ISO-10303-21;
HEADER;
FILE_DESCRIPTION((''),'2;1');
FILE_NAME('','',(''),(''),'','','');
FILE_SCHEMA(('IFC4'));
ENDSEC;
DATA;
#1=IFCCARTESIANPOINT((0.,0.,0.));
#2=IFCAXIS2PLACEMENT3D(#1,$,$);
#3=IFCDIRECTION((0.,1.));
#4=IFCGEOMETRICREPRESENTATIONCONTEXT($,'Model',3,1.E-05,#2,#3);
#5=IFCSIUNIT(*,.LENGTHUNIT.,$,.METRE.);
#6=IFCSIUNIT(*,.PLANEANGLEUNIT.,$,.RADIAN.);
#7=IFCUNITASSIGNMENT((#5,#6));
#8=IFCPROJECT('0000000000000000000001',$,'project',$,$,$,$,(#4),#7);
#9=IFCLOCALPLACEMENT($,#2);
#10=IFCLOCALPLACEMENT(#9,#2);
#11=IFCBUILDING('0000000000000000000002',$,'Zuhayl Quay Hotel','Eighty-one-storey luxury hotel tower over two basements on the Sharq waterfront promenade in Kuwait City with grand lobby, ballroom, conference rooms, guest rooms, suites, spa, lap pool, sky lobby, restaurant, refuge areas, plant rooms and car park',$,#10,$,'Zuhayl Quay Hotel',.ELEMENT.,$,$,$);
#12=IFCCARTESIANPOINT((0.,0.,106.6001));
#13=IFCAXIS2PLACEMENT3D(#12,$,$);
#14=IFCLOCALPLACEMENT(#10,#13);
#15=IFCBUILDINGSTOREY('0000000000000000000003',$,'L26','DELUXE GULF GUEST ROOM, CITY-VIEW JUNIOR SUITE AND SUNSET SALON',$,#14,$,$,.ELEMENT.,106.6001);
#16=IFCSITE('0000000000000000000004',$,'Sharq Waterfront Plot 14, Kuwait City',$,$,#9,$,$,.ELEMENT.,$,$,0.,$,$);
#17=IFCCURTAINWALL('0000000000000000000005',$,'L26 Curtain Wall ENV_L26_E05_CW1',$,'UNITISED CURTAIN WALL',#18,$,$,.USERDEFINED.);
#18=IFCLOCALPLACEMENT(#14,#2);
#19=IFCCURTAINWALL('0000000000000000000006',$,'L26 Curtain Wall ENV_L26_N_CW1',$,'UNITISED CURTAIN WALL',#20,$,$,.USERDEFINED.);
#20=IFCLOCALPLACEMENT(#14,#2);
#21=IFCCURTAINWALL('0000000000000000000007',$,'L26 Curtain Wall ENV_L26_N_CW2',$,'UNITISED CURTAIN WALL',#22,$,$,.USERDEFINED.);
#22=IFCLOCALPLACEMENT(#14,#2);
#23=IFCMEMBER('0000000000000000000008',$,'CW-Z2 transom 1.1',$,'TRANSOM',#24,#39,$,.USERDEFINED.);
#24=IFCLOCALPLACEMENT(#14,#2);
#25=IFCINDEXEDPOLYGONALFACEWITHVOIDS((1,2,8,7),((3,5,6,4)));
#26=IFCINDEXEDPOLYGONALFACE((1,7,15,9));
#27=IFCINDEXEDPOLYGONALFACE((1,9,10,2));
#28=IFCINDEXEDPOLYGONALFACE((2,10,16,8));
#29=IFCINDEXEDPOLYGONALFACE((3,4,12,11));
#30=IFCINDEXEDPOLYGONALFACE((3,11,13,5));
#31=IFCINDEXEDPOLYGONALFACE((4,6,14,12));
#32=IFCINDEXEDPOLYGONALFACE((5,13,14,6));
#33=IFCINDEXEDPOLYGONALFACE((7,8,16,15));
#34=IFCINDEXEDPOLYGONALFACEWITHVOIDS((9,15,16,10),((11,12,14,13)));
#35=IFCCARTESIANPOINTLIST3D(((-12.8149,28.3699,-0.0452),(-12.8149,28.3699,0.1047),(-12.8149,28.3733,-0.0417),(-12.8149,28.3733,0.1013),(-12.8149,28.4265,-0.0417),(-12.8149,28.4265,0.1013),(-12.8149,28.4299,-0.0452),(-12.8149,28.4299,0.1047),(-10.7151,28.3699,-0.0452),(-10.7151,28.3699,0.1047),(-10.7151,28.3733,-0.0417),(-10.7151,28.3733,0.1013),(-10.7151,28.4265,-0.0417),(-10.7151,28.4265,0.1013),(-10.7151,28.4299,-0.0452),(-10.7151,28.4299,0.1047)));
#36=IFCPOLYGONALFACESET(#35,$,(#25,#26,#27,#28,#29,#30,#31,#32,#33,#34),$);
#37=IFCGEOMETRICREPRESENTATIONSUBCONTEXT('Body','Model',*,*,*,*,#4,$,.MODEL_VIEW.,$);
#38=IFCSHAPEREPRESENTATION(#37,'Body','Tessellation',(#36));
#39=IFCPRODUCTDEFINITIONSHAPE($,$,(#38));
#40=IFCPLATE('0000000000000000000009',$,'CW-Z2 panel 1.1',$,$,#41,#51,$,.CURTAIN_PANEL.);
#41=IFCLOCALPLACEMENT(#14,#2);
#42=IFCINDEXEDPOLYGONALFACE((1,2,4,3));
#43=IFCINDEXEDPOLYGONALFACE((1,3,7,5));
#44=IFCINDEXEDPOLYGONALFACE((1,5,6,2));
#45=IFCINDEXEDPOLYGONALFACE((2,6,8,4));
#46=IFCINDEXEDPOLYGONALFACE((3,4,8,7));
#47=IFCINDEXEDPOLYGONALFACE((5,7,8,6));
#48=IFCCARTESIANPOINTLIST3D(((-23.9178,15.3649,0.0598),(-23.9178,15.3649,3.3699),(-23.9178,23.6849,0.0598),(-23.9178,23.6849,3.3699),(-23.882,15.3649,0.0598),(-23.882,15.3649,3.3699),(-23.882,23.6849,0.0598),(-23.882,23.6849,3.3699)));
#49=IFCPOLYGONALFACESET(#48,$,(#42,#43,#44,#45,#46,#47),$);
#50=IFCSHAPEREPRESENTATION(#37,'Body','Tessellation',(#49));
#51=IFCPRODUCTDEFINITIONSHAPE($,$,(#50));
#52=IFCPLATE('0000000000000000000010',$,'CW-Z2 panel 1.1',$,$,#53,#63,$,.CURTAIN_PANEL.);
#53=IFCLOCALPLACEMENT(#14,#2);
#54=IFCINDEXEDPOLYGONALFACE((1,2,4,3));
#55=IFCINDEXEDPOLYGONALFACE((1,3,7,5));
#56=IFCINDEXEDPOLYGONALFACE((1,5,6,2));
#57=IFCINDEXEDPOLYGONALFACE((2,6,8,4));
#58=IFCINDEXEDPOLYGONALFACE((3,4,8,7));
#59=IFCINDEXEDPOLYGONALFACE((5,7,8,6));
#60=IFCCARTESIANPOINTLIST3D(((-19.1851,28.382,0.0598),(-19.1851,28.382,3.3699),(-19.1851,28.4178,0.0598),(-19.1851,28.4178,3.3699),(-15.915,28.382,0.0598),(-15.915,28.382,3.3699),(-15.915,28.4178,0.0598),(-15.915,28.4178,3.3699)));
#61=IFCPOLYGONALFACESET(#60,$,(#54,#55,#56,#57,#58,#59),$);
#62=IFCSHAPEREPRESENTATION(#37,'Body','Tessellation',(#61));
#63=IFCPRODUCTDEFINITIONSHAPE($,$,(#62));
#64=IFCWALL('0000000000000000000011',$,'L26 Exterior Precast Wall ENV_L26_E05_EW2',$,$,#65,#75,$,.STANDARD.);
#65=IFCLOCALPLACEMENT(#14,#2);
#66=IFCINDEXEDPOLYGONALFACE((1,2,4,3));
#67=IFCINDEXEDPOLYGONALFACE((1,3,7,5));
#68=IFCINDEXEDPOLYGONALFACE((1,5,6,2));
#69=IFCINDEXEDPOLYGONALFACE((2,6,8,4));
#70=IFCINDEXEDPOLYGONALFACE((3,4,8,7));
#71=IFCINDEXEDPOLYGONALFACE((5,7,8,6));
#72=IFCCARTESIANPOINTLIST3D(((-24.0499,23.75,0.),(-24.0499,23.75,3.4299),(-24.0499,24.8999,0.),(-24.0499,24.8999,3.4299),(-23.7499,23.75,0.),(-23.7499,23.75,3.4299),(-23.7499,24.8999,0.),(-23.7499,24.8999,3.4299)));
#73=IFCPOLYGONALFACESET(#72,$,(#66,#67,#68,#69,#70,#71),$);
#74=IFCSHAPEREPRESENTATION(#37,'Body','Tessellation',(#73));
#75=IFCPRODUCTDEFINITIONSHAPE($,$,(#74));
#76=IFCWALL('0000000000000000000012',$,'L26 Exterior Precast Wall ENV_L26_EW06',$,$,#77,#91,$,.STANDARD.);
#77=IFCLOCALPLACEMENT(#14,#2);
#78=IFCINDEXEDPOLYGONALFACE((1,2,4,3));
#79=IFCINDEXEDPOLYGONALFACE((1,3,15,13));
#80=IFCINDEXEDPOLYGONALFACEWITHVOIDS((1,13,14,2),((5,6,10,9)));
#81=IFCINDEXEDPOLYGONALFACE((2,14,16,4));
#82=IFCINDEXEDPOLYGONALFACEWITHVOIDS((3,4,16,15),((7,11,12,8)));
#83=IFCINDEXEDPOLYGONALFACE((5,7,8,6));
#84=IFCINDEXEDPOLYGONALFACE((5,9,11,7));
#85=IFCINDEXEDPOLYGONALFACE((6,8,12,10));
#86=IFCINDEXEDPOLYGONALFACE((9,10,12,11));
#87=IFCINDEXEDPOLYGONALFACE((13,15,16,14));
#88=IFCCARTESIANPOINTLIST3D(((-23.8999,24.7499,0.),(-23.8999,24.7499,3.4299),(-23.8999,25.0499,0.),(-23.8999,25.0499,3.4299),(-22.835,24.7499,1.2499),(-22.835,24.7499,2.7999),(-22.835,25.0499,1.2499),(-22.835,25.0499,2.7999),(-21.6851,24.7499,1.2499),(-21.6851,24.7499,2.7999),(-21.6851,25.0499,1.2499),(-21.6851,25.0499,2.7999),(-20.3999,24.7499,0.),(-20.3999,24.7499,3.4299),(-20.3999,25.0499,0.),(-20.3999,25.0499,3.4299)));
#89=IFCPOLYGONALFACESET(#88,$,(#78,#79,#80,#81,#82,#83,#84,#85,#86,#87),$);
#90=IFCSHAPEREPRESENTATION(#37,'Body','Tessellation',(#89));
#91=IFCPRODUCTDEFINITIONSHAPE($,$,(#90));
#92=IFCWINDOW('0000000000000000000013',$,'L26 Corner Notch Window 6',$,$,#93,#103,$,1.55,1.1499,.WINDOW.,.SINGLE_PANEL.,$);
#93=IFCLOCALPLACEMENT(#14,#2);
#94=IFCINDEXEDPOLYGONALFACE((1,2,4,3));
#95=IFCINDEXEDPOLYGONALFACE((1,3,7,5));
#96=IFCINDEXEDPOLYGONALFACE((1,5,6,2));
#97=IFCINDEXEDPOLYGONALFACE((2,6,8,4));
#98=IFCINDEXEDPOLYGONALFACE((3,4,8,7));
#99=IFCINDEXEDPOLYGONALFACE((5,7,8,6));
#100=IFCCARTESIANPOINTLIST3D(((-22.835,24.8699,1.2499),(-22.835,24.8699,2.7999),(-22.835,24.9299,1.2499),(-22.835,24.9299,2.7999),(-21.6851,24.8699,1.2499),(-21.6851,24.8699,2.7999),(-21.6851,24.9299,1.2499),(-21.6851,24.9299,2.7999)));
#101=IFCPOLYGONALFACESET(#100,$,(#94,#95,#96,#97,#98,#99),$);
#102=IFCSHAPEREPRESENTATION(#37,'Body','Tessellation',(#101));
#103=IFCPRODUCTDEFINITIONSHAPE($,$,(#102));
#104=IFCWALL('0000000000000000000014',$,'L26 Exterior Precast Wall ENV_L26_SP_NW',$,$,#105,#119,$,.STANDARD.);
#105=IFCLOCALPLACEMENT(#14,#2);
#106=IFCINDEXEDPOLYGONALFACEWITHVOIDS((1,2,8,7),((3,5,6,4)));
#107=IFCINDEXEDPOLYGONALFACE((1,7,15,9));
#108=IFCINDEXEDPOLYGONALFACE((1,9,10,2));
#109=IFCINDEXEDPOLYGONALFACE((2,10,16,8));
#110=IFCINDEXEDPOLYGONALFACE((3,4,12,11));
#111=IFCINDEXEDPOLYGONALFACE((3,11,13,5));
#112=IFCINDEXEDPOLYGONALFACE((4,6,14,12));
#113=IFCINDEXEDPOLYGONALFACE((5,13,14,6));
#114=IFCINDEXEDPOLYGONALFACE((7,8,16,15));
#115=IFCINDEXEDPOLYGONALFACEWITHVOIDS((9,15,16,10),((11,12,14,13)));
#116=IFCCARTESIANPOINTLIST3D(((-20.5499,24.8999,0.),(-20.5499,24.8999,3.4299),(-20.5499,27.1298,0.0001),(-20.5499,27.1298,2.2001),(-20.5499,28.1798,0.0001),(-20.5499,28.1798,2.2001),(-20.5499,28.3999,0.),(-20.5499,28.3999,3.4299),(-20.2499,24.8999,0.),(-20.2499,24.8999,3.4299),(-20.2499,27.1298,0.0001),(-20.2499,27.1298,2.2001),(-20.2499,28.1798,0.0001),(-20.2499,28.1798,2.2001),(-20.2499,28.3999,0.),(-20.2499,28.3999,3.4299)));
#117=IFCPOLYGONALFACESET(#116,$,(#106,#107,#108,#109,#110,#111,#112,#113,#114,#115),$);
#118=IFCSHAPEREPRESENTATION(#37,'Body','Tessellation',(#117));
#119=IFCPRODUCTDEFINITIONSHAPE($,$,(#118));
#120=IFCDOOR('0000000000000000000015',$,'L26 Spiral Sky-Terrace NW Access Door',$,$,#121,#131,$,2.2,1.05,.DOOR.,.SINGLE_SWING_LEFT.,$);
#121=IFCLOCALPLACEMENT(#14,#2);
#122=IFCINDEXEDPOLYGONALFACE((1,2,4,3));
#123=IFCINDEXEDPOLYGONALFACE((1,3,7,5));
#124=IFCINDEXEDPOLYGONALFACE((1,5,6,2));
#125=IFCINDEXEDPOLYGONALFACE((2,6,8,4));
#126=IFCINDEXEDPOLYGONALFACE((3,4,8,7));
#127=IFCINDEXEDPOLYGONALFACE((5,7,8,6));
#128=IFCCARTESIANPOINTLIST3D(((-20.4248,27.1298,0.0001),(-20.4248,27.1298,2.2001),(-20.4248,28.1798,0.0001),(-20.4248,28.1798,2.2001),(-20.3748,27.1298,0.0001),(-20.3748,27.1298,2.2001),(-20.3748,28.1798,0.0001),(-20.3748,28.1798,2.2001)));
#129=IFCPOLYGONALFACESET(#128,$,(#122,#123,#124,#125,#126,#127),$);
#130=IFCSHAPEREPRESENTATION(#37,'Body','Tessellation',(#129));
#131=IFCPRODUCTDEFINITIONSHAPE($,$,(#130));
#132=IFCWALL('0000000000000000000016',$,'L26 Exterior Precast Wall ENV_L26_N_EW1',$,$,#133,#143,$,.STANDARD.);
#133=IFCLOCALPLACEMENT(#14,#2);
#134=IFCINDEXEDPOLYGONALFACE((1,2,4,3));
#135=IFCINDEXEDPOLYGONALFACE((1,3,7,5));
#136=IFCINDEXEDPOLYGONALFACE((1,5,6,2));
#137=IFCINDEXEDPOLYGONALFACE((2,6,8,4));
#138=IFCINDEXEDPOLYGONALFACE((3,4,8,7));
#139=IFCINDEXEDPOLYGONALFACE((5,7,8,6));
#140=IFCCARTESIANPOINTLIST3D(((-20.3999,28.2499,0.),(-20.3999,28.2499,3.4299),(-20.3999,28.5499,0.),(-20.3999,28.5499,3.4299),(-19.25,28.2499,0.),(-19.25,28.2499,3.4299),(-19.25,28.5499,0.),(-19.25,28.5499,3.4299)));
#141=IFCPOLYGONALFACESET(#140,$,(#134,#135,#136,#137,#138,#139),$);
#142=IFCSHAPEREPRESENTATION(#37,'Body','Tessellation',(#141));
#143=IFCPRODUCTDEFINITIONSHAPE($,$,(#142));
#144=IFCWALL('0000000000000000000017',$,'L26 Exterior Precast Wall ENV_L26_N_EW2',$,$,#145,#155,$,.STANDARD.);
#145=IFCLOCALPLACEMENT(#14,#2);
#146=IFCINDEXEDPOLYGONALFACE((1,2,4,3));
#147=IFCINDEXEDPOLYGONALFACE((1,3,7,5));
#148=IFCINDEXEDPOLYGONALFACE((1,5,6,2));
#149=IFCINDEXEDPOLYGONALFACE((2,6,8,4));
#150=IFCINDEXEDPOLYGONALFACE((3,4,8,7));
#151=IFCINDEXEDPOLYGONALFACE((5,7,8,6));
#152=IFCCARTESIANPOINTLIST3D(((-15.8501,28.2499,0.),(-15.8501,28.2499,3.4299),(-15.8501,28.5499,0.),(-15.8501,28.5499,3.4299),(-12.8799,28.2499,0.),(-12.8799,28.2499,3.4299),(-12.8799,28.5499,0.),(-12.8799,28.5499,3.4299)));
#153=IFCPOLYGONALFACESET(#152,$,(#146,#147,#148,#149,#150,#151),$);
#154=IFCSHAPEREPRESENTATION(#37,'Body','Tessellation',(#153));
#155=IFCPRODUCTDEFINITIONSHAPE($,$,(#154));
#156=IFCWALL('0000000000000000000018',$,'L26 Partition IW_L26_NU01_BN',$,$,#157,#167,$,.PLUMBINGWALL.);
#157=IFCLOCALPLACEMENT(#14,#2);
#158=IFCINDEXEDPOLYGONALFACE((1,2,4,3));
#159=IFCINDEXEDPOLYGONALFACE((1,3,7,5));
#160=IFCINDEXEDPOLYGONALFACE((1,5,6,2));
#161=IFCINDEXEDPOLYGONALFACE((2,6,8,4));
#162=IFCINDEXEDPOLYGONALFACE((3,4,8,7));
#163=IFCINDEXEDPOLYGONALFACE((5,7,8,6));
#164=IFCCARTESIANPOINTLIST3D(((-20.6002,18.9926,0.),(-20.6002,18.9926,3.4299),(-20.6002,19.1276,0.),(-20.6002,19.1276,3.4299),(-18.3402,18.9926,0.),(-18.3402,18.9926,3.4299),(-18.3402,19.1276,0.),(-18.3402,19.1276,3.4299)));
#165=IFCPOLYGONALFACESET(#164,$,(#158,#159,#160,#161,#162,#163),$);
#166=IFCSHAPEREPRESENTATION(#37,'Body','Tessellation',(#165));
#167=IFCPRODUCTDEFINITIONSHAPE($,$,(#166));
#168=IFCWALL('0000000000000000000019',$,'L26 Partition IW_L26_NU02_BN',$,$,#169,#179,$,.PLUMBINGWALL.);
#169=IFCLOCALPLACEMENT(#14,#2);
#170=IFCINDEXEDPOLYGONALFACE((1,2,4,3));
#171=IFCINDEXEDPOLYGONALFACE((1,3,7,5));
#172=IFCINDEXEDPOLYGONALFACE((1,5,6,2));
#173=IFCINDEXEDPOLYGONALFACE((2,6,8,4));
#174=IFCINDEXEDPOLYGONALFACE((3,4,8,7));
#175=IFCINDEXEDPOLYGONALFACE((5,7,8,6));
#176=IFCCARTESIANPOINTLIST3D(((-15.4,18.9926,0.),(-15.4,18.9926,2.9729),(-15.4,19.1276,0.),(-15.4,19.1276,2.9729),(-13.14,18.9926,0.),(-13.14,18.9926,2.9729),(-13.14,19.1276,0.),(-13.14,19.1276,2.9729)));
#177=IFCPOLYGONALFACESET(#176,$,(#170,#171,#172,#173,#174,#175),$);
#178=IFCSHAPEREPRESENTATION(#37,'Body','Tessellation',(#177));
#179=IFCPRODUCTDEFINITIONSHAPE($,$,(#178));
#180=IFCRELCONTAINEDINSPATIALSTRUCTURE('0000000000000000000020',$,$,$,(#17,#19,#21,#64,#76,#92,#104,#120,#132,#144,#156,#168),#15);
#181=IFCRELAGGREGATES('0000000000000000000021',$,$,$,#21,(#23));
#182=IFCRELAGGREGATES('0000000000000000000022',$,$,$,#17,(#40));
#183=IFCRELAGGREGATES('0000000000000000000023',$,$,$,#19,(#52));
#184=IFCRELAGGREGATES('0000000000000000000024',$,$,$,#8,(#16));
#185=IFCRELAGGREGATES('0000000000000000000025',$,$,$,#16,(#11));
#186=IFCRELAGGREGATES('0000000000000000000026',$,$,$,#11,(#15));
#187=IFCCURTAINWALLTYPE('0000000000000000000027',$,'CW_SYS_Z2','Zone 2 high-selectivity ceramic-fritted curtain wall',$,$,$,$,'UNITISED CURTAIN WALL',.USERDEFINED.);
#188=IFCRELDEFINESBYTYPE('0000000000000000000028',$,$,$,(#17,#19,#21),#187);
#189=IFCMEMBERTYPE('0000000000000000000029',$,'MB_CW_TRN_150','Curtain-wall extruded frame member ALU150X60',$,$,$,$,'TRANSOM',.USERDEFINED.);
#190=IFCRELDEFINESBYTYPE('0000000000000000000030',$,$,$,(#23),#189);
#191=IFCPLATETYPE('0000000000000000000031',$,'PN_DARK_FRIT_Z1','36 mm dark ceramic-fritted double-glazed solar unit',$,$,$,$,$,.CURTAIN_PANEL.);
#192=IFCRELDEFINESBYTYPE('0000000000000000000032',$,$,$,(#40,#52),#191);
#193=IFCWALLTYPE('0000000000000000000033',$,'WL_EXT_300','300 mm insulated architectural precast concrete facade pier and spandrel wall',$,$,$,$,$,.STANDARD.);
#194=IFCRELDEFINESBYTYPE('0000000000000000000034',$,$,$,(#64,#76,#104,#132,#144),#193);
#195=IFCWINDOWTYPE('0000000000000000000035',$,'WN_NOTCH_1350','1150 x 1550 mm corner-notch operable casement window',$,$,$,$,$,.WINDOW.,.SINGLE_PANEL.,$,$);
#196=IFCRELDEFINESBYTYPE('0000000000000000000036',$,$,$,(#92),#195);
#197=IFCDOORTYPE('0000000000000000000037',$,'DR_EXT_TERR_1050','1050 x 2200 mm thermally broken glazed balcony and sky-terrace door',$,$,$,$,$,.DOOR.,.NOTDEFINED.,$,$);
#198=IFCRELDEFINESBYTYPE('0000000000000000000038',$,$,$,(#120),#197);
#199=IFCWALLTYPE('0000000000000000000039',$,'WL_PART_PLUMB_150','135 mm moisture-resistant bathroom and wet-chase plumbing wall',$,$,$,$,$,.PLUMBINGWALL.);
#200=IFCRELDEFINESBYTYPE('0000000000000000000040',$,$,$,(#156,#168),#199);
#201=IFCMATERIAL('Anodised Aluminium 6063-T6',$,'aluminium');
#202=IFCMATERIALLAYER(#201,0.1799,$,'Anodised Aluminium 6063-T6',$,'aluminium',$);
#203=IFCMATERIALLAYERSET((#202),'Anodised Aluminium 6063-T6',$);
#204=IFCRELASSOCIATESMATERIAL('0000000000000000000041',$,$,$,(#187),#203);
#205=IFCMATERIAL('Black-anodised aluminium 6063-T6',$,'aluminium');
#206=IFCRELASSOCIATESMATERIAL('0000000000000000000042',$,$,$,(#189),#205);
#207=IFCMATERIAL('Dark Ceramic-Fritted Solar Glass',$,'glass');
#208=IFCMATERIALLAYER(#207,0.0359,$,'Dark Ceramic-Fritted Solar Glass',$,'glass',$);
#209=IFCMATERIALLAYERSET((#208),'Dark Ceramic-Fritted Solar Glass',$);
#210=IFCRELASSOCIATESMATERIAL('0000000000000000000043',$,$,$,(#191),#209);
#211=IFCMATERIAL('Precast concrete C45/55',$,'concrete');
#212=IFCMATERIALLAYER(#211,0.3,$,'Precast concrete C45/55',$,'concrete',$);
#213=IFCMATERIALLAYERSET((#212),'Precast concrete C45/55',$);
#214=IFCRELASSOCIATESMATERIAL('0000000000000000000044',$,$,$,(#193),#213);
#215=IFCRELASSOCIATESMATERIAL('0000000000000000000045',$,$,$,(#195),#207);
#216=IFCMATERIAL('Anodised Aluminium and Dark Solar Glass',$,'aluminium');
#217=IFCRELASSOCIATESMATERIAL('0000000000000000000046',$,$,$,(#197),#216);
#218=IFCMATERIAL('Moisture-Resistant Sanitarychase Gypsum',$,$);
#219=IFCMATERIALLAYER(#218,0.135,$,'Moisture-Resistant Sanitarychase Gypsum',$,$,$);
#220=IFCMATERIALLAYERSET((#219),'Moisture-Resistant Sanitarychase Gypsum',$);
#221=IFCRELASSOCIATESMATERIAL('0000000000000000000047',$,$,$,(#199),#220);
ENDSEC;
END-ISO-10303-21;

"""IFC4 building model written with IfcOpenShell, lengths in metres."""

from ifc_helpers import new_model, si_unit, direction, frame, frame_2d, origin, origin_2d, place, context, subcontext, project, spatial, rectangle, hollow_rectangle, extrude, material, layer, layer_set, material_profile, profile_set, type_object, element, fill, aggregate, save


model = new_model("IFC4")

# Units and contexts
model_context = context("Model", 3, precision=1e-05, world=origin(), true_north=direction((0.0, 1.0)))
body_context = subcontext(model_context, "Body", "Model", "MODEL_VIEW")
ifc_project = project(units=[si_unit("LENGTHUNIT", "METRE"), si_unit("PLANEANGLEUNIT", "RADIAN")], contexts=[model_context])

# Site, building, storey
site_placement = place(None, origin())
site = spatial("IfcSite", under=ifc_project, at=site_placement, Name="Sharq Waterfront Plot 14, Kuwait City", CompositionType="ELEMENT", RefElevation=0.0)
building_placement = place(site_placement, origin())
building = spatial("IfcBuilding", under=site, at=building_placement, Name="Zuhayl Quay Hotel", Description="Eighty-one-storey luxury hotel tower over two basements on the Sharq waterfront promenade in Kuwait City with grand lobby, ballroom, conference rooms, guest rooms, suites, spa, lap pool, sky lobby, restaurant, refuge areas, plant rooms and car park", LongName="Zuhayl Quay Hotel", CompositionType="ELEMENT")
storey_placement = place(building_placement, frame((0.0, 0.0, 106.6001)))
storey = spatial("IfcBuildingStorey", under=building, at=storey_placement, Name="L26", Description="DELUXE GULF GUEST ROOM, CITY-VIEW JUNIOR SUITE AND SUNSET SALON", CompositionType="ELEMENT", Elevation=106.6001)

# Curtain wall
ifc_material_1 = material(Name="Anodised Aluminium 6063-T6", Category="aluminium")
ifc_layer_1 = layer(ifc_material_1, 0.1799, Name="Anodised Aluminium 6063-T6", Category="aluminium")
ifc_layer_set_1 = layer_set([ifc_layer_1], Name="Anodised Aluminium 6063-T6")
curtain_wall_type = type_object("IfcCurtainWallType", Name="CW_SYS_Z2", Description="Zone 2 high-selectivity ceramic-fritted curtain wall", ElementType="UNITISED CURTAIN WALL", PredefinedType="USERDEFINED", material=ifc_layer_set_1)
curtain_wall_1_placement = place(storey_placement, origin())
curtain_wall_1 = element("IfcCurtainWall", 1, at=curtain_wall_1_placement, inside=storey, type_object=curtain_wall_type, Name="L26 Curtain Wall ENV_L26_E05_CW1", ObjectType="UNITISED CURTAIN WALL", PredefinedType="USERDEFINED")
ifc_material_2 = material(Name="Black-anodised aluminium 6063-T6", Category="aluminium")

# Curtain wall
curtain_wall_2_placement = place(storey_placement, origin())
curtain_wall_2 = element("IfcCurtainWall", 2, at=curtain_wall_2_placement, inside=storey, type_object=curtain_wall_type, Name="L26 Curtain Wall ENV_L26_N_CW1", ObjectType="UNITISED CURTAIN WALL", PredefinedType="USERDEFINED")

# Curtain wall
curtain_wall_3_placement = place(storey_placement, origin())
curtain_wall_3 = element("IfcCurtainWall", 3, at=curtain_wall_3_placement, inside=storey, type_object=curtain_wall_type, Name="L26 Curtain Wall ENV_L26_N_CW2", ObjectType="UNITISED CURTAIN WALL", PredefinedType="USERDEFINED")

# Member
ifc_material_profile_1 = material_profile(ifc_material_2, hollow_rectangle(XDim=0.0601, YDim=0.1499, WallThickness=0.0034, at=origin_2d()), Name="ALU150X60")
ifc_profile_set_1 = profile_set([ifc_material_profile_1], Name="Black-anodised aluminium 6063-T6")
member_type_1 = type_object("IfcMemberType", Name="MB_CW_TRN_150", Description="Curtain-wall extruded frame member ALU150X60", ElementType="TRANSOM", PredefinedType="USERDEFINED", material=ifc_profile_set_1)
member_1_placement = place(storey_placement, frame((-12.8149, 28.3999, 0.0298), z_axis=(1.0, 0.0, 0.0), x_axis=(0.0, 1.0, 0.0)))
member_1 = element("IfcMember", 4, at=member_1_placement, type_object=member_type_1, Name="CW-Z2 transom 1.1", ObjectType="TRANSOM", PredefinedType="USERDEFINED", context=body_context, shape_type="SweptSolid", body=[
    extrude(hollow_rectangle(XDim=0.0601, YDim=0.1499, WallThickness=0.0034, at=origin_2d()), origin(), (0.0, 0.0, 1.0), 2.0999),
])
aggregate(curtain_wall_3, [member_1])

# Plates
ifc_material_3 = material(Name="Dark Ceramic-Fritted Solar Glass", Category="glass")
ifc_layer_2 = layer(ifc_material_3, 0.0359, Name="Dark Ceramic-Fritted Solar Glass", Category="glass")
ifc_layer_set_2 = layer_set([ifc_layer_2], Name="Dark Ceramic-Fritted Solar Glass")
plate_type = type_object("IfcPlateType", Name="PN_DARK_FRIT_Z1", Description="36 mm dark ceramic-fritted double-glazed solar unit", PredefinedType="CURTAIN_PANEL", material=ifc_layer_set_2)
plate_1_placement = place(storey_placement, frame((-23.8999, 19.5249, 0.0598), z_axis=(0.0, 0.0, 1.0), x_axis=(0.0, 1.0, 0.0)))
plate_1 = element("IfcPlate", 5, at=plate_1_placement, type_object=plate_type, Name="CW-Z2 panel 1.1", PredefinedType="CURTAIN_PANEL", context=body_context, shape_type="SweptSolid", body=[
    extrude(rectangle(XDim=8.3201, YDim=0.0359, at=origin_2d()), origin(), (0.0, 0.0, 1.0), 3.3101),
])
aggregate(curtain_wall_1, [plate_1])
plate_2_placement = place(storey_placement, frame((-17.55, 28.3999, 0.0598), z_axis=(0.0, 0.0, 1.0), x_axis=(1.0, 0.0, 0.0)))
plate_2 = element("IfcPlate", 6, at=plate_2_placement, type_object=plate_type, Name="CW-Z2 panel 1.1", PredefinedType="CURTAIN_PANEL", context=body_context, shape_type="SweptSolid", body=[
    extrude(rectangle(XDim=3.27, YDim=0.0359, at=origin_2d()), origin(), (0.0, 0.0, 1.0), 3.3101),
])
aggregate(curtain_wall_2, [plate_2])

# Wall
ifc_material_4 = material(Name="Precast concrete C45/55", Category="concrete")
ifc_layer_3 = layer(ifc_material_4, 0.3, Name="Precast concrete C45/55", Category="concrete")
ifc_layer_set_3 = layer_set([ifc_layer_3], Name="Precast concrete C45/55")
wall_type_1 = type_object("IfcWallType", Name="WL_EXT_300", Description="300 mm insulated architectural precast concrete facade pier and spandrel wall", PredefinedType="STANDARD", material=ifc_layer_set_3)
wall_1_placement = place(storey_placement, frame((-23.8999, 23.75, 0.0), z_axis=(0.0, 0.0, 1.0), x_axis=(0.0, 1.0, 0.0)))
element("IfcWall", 7, at=wall_1_placement, inside=storey, type_object=wall_type_1, Name="L26 Exterior Precast Wall ENV_L26_E05_EW2", PredefinedType="STANDARD", context=body_context, shape_type="SweptSolid", body=[
    extrude(rectangle(XDim=1.1499, YDim=0.3, at=frame_2d((0.575, 0.0))), origin(), (0.0, 0.0, 1.0), 3.4299),
])

# Wall, opening, window
wall_2_placement = place(storey_placement, frame((-23.8999, 24.8999, 0.0), z_axis=(0.0, 0.0, 1.0), x_axis=(1.0, 0.0, 0.0)))
wall_2 = element("IfcWall", 8, at=wall_2_placement, inside=storey, type_object=wall_type_1, Name="L26 Exterior Precast Wall ENV_L26_EW06", PredefinedType="STANDARD", context=body_context, shape_type="SweptSolid", body=[
    extrude(rectangle(XDim=3.5, YDim=0.3, at=frame_2d((1.75, 0.0))), origin(), (0.0, 0.0, 1.0), 3.4299),
])
opening_1_placement = place(wall_2_placement, frame((1.0649, 0.0, 1.25)))
opening_1 = element("IfcOpeningElement", 9, at=opening_1_placement, cuts=wall_2, PredefinedType="OPENING", context=body_context, shape_type="SweptSolid", body=[
    extrude(rectangle(XDim=1.1499, YDim=1.55, at=frame_2d((0.575, 0.7749))), frame((0.0, 0.1599, 0.0), z_axis=(0.0, -1.0, 0.0), x_axis=(1.0, 0.0, 0.0)), (0.0, 0.0, 1.0), 0.3201),
])
window_type = type_object("IfcWindowType", Name="WN_NOTCH_1350", Description="1150 x 1550 mm corner-notch operable casement window", PartitioningType="SINGLE_PANEL", PredefinedType="WINDOW", material=ifc_material_3)
window_placement = place(opening_1_placement, origin())
window = element("IfcWindow", 10, at=window_placement, inside=storey, type_object=window_type, Name="L26 Corner Notch Window 6", OverallHeight=1.55, OverallWidth=1.1499, PartitioningType="SINGLE_PANEL", PredefinedType="WINDOW", context=body_context, shape_type="SweptSolid", body=[
    extrude(rectangle(XDim=1.1499, YDim=1.55, at=frame_2d((0.575, 0.7749))), frame((0.0, 0.03, 0.0), z_axis=(0.0, -1.0, 0.0), x_axis=(1.0, 0.0, 0.0)), (0.0, 0.0, 1.0), 0.0601),
])
fill(opening_1, window)

# Wall, opening, door
wall_3_placement = place(storey_placement, frame((-20.3999, 24.8999, 0.0), z_axis=(0.0, 0.0, 1.0), x_axis=(0.0, 1.0, 0.0)))
wall_3 = element("IfcWall", 11, at=wall_3_placement, inside=storey, type_object=wall_type_1, Name="L26 Exterior Precast Wall ENV_L26_SP_NW", PredefinedType="STANDARD", context=body_context, shape_type="SweptSolid", body=[
    extrude(rectangle(XDim=3.5, YDim=0.3, at=frame_2d((1.75, 0.0))), origin(), (0.0, 0.0, 1.0), 3.4299),
])
opening_2_placement = place(wall_3_placement, frame((2.23, 0.0, 0.0)))
opening_2 = element("IfcOpeningElement", 12, at=opening_2_placement, cuts=wall_3, PredefinedType="OPENING", context=body_context, shape_type="SweptSolid", body=[
    extrude(rectangle(XDim=1.05, YDim=2.2, at=frame_2d((0.5249, 1.1001))), frame((0.0, 0.1599, 0.0), z_axis=(0.0, -1.0, 0.0), x_axis=(1.0, 0.0, 0.0)), (0.0, 0.0, 1.0), 0.3201),
])
ifc_material_5 = material(Name="Anodised Aluminium and Dark Solar Glass", Category="aluminium")
door_type = type_object("IfcDoorType", Name="DR_EXT_TERR_1050", Description="1050 x 2200 mm thermally broken glazed balcony and sky-terrace door", OperationType="NOTDEFINED", PredefinedType="DOOR", material=ifc_material_5)
door_placement = place(opening_2_placement, origin())
door = element("IfcDoor", 13, at=door_placement, inside=storey, type_object=door_type, Name="L26 Spiral Sky-Terrace NW Access Door", OperationType="SINGLE_SWING_LEFT", OverallHeight=2.2, OverallWidth=1.05, PredefinedType="DOOR", context=body_context, shape_type="SweptSolid", body=[
    extrude(rectangle(XDim=1.05, YDim=2.2, at=frame_2d((0.5249, 1.1001))), frame((0.0, 0.0249, 0.0), z_axis=(0.0, -1.0, 0.0), x_axis=(1.0, 0.0, 0.0)), (0.0, 0.0, 1.0), 0.05),
])
fill(opening_2, door)

# Walls
wall_4_placement = place(storey_placement, frame((-20.3999, 28.3999, 0.0), z_axis=(0.0, 0.0, 1.0), x_axis=(1.0, 0.0, 0.0)))
element("IfcWall", 14, at=wall_4_placement, inside=storey, type_object=wall_type_1, Name="L26 Exterior Precast Wall ENV_L26_N_EW1", PredefinedType="STANDARD", context=body_context, shape_type="SweptSolid", body=[
    extrude(rectangle(XDim=1.1499, YDim=0.3, at=frame_2d((0.575, 0.0))), origin(), (0.0, 0.0, 1.0), 3.4299),
])
wall_5_placement = place(storey_placement, frame((-15.8501, 28.3999, 0.0), z_axis=(0.0, 0.0, 1.0), x_axis=(1.0, 0.0, 0.0)))
element("IfcWall", 15, at=wall_5_placement, inside=storey, type_object=wall_type_1, Name="L26 Exterior Precast Wall ENV_L26_N_EW2", PredefinedType="STANDARD", context=body_context, shape_type="SweptSolid", body=[
    extrude(rectangle(XDim=2.9702, YDim=0.3, at=frame_2d((1.4851, 0.0))), origin(), (0.0, 0.0, 1.0), 3.4299),
])
ifc_material_6 = material(Name="Moisture-Resistant Sanitarychase Gypsum")
ifc_layer_4 = layer(ifc_material_6, 0.135, Name="Moisture-Resistant Sanitarychase Gypsum")
ifc_layer_set_4 = layer_set([ifc_layer_4], Name="Moisture-Resistant Sanitarychase Gypsum")
wall_type_2 = type_object("IfcWallType", Name="WL_PART_PLUMB_150", Description="135 mm moisture-resistant bathroom and wet-chase plumbing wall", PredefinedType="PLUMBINGWALL", material=ifc_layer_set_4)
wall_6_placement = place(storey_placement, frame((-20.6001, 19.0601, 0.0), z_axis=(0.0, 0.0, 1.0), x_axis=(1.0, 0.0, 0.0)))
element("IfcWall", 16, at=wall_6_placement, inside=storey, type_object=wall_type_2, Name="L26 Partition IW_L26_NU01_BN", PredefinedType="PLUMBINGWALL", context=body_context, shape_type="SweptSolid", body=[
    extrude(rectangle(XDim=2.26, YDim=0.135, at=frame_2d((1.1299, 0.0))), origin(), (0.0, 0.0, 1.0), 3.4299),
])
wall_7_placement = place(storey_placement, frame((-15.3999, 19.0601, 0.0), z_axis=(0.0, 0.0, 1.0), x_axis=(1.0, 0.0, 0.0)))
element("IfcWall", 17, at=wall_7_placement, inside=storey, type_object=wall_type_2, Name="L26 Partition IW_L26_NU02_BN", PredefinedType="PLUMBINGWALL", context=body_context, shape_type="SweptSolid", body=[
    extrude(rectangle(XDim=2.26, YDim=0.135, at=frame_2d((1.1299, 0.0))), origin(), (0.0, 0.0, 1.0), 2.9729),
])

save(model, "model.ifc")
